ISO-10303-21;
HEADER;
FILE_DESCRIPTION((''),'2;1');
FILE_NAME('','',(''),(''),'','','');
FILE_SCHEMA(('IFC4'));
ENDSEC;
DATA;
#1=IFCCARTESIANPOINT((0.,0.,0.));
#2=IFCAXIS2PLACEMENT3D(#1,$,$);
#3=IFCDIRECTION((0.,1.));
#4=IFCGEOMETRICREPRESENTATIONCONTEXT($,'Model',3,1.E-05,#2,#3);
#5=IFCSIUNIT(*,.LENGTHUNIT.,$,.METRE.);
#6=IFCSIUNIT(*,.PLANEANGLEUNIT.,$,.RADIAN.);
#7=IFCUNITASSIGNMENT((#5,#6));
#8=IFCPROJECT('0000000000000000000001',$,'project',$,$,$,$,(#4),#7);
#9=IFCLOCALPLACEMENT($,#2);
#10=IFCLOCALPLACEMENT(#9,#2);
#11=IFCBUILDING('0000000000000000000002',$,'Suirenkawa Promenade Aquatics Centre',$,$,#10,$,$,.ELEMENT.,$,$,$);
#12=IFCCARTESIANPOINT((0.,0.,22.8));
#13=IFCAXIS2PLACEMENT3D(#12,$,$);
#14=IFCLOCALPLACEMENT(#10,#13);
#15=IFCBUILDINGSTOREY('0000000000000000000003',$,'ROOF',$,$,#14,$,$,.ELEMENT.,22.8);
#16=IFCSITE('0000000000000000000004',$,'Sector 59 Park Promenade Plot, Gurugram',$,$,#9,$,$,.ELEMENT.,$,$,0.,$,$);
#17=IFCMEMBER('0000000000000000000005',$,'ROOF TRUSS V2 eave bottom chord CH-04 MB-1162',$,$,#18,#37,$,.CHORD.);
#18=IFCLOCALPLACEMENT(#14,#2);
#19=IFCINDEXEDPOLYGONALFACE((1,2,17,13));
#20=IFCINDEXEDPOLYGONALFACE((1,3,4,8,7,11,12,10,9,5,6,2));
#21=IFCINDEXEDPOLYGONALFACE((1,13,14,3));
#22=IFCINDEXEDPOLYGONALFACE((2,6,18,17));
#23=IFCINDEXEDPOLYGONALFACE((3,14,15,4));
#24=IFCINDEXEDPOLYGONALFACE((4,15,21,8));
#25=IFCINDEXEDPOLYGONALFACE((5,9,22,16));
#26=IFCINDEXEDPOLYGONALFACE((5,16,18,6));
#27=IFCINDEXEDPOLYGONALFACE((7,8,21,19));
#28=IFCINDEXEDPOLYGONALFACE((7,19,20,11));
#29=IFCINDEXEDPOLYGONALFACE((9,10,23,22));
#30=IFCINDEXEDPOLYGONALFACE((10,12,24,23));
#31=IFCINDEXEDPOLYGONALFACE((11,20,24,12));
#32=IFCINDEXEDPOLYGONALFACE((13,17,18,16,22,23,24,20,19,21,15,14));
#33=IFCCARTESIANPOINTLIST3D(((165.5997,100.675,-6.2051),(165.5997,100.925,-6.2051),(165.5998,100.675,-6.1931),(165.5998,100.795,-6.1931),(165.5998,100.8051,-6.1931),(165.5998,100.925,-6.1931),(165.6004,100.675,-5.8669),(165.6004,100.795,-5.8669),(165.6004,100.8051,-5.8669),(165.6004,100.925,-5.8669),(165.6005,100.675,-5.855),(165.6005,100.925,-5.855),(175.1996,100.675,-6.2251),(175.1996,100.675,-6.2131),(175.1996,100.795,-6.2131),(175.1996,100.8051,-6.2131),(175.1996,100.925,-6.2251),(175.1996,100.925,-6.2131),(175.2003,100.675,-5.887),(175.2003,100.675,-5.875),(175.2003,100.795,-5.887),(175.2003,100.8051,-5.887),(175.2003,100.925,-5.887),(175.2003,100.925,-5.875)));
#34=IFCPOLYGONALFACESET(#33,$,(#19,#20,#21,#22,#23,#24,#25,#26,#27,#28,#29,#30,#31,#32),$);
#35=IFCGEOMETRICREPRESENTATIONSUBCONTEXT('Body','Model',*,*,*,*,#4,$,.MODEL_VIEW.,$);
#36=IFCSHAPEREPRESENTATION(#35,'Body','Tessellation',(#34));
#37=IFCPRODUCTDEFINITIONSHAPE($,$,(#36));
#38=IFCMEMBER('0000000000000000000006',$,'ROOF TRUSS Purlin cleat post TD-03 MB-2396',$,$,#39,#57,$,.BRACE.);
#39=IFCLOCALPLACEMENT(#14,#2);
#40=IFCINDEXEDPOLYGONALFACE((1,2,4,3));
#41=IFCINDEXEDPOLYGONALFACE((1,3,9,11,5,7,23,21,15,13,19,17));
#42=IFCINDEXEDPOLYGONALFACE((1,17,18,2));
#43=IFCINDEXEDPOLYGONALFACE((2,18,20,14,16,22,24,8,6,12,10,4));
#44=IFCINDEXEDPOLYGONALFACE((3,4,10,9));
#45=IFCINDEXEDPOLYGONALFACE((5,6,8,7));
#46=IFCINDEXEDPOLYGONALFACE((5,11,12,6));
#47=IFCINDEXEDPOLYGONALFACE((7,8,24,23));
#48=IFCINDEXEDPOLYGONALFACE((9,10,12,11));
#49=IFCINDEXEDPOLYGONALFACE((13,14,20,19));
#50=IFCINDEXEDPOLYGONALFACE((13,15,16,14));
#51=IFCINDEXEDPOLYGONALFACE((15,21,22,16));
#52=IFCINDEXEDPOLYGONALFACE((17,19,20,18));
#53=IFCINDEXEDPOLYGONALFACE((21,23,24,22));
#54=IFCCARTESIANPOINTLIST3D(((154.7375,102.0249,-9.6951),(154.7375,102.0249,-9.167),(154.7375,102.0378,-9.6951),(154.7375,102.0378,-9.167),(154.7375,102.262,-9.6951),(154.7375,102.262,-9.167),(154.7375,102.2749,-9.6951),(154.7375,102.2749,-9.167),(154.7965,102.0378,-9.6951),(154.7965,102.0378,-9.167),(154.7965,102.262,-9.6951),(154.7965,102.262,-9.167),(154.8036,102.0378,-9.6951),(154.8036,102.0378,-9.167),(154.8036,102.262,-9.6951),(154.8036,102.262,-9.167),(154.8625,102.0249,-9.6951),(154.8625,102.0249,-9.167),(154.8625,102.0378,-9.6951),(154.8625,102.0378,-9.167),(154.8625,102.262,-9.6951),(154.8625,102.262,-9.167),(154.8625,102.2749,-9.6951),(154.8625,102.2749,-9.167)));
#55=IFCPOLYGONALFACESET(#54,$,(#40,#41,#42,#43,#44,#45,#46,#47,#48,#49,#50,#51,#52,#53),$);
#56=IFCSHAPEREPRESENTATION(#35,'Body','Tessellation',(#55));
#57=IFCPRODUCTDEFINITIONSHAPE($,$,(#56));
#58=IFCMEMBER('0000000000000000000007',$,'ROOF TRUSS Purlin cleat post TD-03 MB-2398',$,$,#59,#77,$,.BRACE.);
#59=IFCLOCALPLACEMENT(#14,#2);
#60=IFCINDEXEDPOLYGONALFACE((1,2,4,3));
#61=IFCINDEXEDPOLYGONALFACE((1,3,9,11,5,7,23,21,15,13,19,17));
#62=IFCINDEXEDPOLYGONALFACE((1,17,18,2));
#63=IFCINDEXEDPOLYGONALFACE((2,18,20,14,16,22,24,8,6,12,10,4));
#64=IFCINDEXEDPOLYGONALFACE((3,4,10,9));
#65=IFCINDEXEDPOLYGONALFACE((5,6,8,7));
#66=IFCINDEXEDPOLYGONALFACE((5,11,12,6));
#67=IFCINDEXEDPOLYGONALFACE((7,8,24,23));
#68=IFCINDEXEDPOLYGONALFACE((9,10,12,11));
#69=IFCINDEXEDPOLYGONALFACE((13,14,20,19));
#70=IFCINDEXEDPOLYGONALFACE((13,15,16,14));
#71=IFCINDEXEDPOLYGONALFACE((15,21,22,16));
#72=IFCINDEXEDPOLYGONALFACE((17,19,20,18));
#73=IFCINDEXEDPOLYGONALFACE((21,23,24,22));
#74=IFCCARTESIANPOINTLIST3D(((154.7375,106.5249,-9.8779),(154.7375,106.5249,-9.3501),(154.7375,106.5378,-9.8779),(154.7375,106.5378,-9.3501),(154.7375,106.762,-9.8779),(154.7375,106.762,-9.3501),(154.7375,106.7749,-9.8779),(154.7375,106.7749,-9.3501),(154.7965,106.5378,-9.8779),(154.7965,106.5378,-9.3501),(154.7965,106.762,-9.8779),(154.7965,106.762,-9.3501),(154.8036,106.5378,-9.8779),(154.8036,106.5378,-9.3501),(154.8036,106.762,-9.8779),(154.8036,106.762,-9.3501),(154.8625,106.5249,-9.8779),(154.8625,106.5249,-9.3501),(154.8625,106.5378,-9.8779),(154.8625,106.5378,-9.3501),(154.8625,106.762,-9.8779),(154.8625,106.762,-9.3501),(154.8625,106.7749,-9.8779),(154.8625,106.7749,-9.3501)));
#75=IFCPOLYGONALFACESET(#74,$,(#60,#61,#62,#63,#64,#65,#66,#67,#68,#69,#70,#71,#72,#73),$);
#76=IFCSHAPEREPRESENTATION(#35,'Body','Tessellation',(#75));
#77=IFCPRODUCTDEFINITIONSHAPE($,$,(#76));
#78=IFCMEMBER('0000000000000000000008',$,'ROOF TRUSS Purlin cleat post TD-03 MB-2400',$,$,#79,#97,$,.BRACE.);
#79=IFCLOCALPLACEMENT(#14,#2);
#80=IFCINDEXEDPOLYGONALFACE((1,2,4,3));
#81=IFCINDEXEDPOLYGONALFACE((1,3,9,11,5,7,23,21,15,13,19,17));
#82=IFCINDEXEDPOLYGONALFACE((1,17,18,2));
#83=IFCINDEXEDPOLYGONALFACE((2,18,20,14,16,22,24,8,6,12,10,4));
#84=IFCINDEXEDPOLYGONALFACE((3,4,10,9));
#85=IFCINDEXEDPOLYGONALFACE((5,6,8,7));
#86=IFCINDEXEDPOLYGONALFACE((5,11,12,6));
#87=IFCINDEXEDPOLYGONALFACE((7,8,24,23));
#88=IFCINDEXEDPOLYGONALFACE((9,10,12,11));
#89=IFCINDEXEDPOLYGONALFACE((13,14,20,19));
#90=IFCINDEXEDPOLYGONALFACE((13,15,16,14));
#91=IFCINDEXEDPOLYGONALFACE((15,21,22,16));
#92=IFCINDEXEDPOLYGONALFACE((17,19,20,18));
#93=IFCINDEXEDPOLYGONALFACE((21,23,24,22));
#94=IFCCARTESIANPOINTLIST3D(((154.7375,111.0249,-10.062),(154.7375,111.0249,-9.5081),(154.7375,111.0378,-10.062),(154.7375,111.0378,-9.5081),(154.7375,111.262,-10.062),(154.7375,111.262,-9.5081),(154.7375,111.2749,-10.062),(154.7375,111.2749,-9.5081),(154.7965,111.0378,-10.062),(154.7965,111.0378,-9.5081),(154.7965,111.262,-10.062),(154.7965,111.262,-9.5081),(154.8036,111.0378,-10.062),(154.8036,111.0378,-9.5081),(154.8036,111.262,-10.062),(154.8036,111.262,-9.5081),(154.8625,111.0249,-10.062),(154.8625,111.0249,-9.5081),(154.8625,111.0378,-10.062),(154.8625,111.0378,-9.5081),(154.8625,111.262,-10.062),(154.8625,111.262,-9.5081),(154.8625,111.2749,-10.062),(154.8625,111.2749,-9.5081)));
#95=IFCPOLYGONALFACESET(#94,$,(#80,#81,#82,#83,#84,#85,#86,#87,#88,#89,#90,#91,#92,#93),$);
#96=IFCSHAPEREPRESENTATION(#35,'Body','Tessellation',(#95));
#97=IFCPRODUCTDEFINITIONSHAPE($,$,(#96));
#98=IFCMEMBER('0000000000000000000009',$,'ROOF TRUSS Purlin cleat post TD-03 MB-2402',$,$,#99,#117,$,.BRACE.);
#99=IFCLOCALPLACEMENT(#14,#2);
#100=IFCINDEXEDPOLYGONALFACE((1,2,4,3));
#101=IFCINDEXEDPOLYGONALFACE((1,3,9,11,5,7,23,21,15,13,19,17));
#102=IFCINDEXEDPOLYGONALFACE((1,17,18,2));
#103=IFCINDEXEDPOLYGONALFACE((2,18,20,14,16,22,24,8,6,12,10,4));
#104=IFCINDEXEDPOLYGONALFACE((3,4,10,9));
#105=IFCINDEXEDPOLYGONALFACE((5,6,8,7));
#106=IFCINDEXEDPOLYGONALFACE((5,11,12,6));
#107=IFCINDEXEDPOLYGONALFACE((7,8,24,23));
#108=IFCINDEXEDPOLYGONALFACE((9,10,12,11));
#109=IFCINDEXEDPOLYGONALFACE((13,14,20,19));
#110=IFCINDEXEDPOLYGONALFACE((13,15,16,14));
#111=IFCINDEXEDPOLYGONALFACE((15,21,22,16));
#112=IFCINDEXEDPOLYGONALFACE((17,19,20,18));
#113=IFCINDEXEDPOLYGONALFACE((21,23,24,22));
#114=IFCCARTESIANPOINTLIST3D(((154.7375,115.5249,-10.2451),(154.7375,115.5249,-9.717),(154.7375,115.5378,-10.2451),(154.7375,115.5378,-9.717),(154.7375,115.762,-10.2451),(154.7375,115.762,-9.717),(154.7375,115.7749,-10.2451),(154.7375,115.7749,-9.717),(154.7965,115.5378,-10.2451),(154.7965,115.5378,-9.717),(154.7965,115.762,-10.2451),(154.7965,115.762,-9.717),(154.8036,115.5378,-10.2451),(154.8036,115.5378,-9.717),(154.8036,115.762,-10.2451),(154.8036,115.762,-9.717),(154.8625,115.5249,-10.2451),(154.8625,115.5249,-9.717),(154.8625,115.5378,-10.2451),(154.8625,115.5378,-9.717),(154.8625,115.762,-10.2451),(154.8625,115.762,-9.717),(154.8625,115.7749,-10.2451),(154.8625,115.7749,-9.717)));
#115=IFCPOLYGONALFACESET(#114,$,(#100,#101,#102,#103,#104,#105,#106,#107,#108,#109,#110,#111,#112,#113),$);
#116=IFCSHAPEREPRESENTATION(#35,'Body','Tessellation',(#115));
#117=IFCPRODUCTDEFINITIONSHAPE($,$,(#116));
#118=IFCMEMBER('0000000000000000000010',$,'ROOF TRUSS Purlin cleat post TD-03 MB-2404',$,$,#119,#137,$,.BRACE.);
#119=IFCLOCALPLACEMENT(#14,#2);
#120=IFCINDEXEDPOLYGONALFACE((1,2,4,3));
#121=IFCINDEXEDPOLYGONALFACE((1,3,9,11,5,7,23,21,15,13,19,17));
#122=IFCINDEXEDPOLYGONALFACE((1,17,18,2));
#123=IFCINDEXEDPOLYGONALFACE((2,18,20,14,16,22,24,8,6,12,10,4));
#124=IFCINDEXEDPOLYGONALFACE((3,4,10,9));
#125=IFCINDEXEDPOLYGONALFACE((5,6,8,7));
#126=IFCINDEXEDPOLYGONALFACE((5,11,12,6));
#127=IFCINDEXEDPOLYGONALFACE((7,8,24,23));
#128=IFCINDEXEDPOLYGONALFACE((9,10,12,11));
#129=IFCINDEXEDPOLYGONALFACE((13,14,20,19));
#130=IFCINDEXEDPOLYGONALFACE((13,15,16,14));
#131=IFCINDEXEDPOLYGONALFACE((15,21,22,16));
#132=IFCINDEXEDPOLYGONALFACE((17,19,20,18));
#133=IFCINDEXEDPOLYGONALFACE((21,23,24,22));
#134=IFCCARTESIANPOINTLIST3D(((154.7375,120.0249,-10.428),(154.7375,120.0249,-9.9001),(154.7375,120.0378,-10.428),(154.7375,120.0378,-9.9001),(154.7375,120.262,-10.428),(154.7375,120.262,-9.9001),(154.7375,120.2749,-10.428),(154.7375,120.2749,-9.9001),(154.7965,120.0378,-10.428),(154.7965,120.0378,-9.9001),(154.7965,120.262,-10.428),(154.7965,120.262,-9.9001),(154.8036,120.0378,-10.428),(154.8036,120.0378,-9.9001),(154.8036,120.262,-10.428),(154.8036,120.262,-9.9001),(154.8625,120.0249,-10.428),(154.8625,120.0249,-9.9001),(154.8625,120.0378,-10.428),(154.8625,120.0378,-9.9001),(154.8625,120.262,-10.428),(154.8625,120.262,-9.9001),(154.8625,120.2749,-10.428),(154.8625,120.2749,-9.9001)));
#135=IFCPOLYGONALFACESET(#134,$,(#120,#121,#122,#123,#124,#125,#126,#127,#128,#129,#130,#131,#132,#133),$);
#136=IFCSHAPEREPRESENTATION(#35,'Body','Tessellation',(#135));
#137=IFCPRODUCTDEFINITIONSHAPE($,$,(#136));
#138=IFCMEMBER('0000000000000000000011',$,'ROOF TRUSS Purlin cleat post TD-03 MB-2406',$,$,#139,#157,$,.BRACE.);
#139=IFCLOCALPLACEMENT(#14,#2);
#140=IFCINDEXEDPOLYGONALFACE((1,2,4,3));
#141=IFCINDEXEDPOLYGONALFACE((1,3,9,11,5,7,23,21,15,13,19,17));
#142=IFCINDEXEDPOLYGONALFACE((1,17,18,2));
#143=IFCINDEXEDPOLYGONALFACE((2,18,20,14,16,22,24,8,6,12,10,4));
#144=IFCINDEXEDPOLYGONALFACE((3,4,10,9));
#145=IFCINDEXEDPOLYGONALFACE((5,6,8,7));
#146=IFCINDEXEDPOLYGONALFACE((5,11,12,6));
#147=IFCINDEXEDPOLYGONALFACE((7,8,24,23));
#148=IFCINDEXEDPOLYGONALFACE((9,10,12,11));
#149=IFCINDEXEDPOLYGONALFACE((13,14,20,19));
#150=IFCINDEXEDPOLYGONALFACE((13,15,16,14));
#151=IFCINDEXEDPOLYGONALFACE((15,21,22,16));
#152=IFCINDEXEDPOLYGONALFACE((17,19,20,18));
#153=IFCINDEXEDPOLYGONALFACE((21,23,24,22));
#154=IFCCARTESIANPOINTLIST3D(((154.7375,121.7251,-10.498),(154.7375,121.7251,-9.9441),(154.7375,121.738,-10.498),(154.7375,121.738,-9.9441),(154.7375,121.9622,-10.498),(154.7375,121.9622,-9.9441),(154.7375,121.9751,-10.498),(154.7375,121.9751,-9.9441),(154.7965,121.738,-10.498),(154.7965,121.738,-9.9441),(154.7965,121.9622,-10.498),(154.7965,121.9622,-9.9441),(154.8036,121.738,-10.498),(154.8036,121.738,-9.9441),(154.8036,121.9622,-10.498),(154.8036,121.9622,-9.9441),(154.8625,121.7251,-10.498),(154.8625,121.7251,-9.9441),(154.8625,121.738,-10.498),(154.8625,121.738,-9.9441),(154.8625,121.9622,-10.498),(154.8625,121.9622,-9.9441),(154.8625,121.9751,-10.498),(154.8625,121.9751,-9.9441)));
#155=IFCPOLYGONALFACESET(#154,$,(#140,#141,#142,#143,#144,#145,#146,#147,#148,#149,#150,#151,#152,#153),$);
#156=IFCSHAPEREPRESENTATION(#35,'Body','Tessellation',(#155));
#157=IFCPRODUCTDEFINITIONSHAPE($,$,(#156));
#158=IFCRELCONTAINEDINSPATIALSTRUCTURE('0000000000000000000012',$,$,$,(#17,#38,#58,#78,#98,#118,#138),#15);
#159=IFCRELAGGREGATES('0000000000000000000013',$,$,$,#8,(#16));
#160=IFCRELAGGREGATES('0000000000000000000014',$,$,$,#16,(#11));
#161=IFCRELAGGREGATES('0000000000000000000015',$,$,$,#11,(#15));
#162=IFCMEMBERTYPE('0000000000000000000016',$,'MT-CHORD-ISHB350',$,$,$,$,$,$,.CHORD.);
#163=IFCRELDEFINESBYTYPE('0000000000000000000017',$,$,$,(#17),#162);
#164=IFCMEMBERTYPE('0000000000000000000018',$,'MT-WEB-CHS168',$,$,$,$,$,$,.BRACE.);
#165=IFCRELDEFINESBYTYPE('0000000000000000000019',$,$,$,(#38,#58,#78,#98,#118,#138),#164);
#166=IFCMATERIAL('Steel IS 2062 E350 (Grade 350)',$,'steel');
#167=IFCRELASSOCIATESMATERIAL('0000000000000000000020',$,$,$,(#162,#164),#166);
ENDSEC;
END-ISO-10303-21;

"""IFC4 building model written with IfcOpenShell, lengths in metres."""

from ifc_helpers import new_model, si_unit, direction, frame, origin, origin_2d, place, context, subcontext, project, spatial, i_section, extrude, material, material_profile, profile_set, type_object, element, save


model = new_model("IFC4")

# Units and contexts
model_context = context("Model", 3, precision=1e-05, world=origin(), true_north=direction((0.0, 1.0)))
body_context = subcontext(model_context, "Body", "Model", "MODEL_VIEW")
ifc_project = project(units=[si_unit("LENGTHUNIT", "METRE"), si_unit("PLANEANGLEUNIT", "RADIAN")], contexts=[model_context])

# Site, building, storey
site_placement = place(None, origin())
site = spatial("IfcSite", under=ifc_project, at=site_placement, Name="Sector 59 Park Promenade Plot, Gurugram", CompositionType="ELEMENT", RefElevation=0.0)
building_placement = place(site_placement, origin())
building = spatial("IfcBuilding", under=site, at=building_placement, Name="Suirenkawa Promenade Aquatics Centre", CompositionType="ELEMENT")
storey_placement = place(building_placement, frame((0.0, 0.0, 22.8)))
storey = spatial("IfcBuildingStorey", under=building, at=storey_placement, Name="ROOF", CompositionType="ELEMENT", Elevation=22.8)

# Shared definitions
ifc_material = material(Name="Steel IS 2062 E350 (Grade 350)", Category="steel")

# Members
ifc_material_profile_1 = material_profile(ifc_material, i_section(OverallWidth=0.25, OverallDepth=0.3501, WebThickness=0.01, FlangeThickness=0.012, at=origin_2d()), Name="ISHB 350", Category="steel")
ifc_profile_set_1 = profile_set([ifc_material_profile_1], Name="Steel IS 2062 E350 (Grade 350)")
member_type_1 = type_object("IfcMemberType", Name="MT-CHORD-ISHB350", PredefinedType="CHORD", material=ifc_profile_set_1)
member_1_placement = place(storey_placement, frame((165.6001, 100.8, -6.03), z_axis=(0.999998, 0.0, -0.002085), x_axis=(0.0, 1.0, 0.0)))
element("IfcMember", 1, at=member_1_placement, inside=storey, type_object=member_type_1, Name="ROOF TRUSS V2 eave bottom chord CH-04 MB-1162", PredefinedType="CHORD", context=body_context, shape_type="SweptSolid", body=[
    extrude(i_section(OverallWidth=0.25, OverallDepth=0.3501, WebThickness=0.01, FlangeThickness=0.012, at=origin_2d()), origin(), (0.0, 0.0, 1.0), 9.5999),
])
ifc_material_profile_2 = material_profile(ifc_material, i_section(OverallWidth=0.125, OverallDepth=0.25, WebThickness=0.0071, FlangeThickness=0.0129, at=origin_2d()), Name="ISMB 250", Category="steel")
ifc_profile_set_2 = profile_set([ifc_material_profile_2], Name="Steel IS 2062 E350 (Grade 350)")
member_type_2 = type_object("IfcMemberType", Name="MT-WEB-CHS168", PredefinedType="BRACE", material=ifc_profile_set_2)
member_2_placement = place(storey_placement, frame((154.8, 102.1499, -9.6951), z_axis=(0.0, 0.0, 1.0), x_axis=(1.0, 0.0, 0.0)))
element("IfcMember", 2, at=member_2_placement, inside=storey, type_object=member_type_2, Name="ROOF TRUSS Purlin cleat post TD-03 MB-2396", PredefinedType="BRACE", context=body_context, shape_type="SweptSolid", body=[
    extrude(i_section(OverallWidth=0.125, OverallDepth=0.25, WebThickness=0.0071, FlangeThickness=0.0129, at=origin_2d()), origin(), (0.0, 0.0, 1.0), 0.5281),
])
member_3_placement = place(storey_placement, frame((154.8, 106.6499, -9.8779), z_axis=(0.0, 0.0, 1.0), x_axis=(1.0, 0.0, 0.0)))
element("IfcMember", 3, at=member_3_placement, inside=storey, type_object=member_type_2, Name="ROOF TRUSS Purlin cleat post TD-03 MB-2398", PredefinedType="BRACE", context=body_context, shape_type="SweptSolid", body=[
    extrude(i_section(OverallWidth=0.125, OverallDepth=0.25, WebThickness=0.0071, FlangeThickness=0.0129, at=origin_2d()), origin(), (0.0, 0.0, 1.0), 0.5278),
])
member_4_placement = place(storey_placement, frame((154.8, 111.1499, -10.062), z_axis=(0.0, 0.0, 1.0), x_axis=(1.0, 0.0, 0.0)))
element("IfcMember", 4, at=member_4_placement, inside=storey, type_object=member_type_2, Name="ROOF TRUSS Purlin cleat post TD-03 MB-2400", PredefinedType="BRACE", context=body_context, shape_type="SweptSolid", body=[
    extrude(i_section(OverallWidth=0.125, OverallDepth=0.25, WebThickness=0.0071, FlangeThickness=0.0129, at=origin_2d()), origin(), (0.0, 0.0, 1.0), 0.554),
])
member_5_placement = place(storey_placement, frame((154.8, 115.6499, -10.2451), z_axis=(0.0, 0.0, 1.0), x_axis=(1.0, 0.0, 0.0)))
element("IfcMember", 5, at=member_5_placement, inside=storey, type_object=member_type_2, Name="ROOF TRUSS Purlin cleat post TD-03 MB-2402", PredefinedType="BRACE", context=body_context, shape_type="SweptSolid", body=[
    extrude(i_section(OverallWidth=0.125, OverallDepth=0.25, WebThickness=0.0071, FlangeThickness=0.0129, at=origin_2d()), origin(), (0.0, 0.0, 1.0), 0.5281),
])
member_6_placement = place(storey_placement, frame((154.8, 120.1499, -10.428), z_axis=(0.0, 0.0, 1.0), x_axis=(1.0, 0.0, 0.0)))
element("IfcMember", 6, at=member_6_placement, inside=storey, type_object=member_type_2, Name="ROOF TRUSS Purlin cleat post TD-03 MB-2404", PredefinedType="BRACE", context=body_context, shape_type="SweptSolid", body=[
    extrude(i_section(OverallWidth=0.125, OverallDepth=0.25, WebThickness=0.0071, FlangeThickness=0.0129, at=origin_2d()), origin(), (0.0, 0.0, 1.0), 0.5278),
])
member_7_placement = place(storey_placement, frame((154.8, 121.8501, -10.498), z_axis=(0.0, 0.0, 1.0), x_axis=(1.0, 0.0, 0.0)))
element("IfcMember", 7, at=member_7_placement, inside=storey, type_object=member_type_2, Name="ROOF TRUSS Purlin cleat post TD-03 MB-2406", PredefinedType="BRACE", context=body_context, shape_type="SweptSolid", body=[
    extrude(i_section(OverallWidth=0.125, OverallDepth=0.25, WebThickness=0.0071, FlangeThickness=0.0129, at=origin_2d()), origin(), (0.0, 0.0, 1.0), 0.554),
])

save(model, "model.ifc")
